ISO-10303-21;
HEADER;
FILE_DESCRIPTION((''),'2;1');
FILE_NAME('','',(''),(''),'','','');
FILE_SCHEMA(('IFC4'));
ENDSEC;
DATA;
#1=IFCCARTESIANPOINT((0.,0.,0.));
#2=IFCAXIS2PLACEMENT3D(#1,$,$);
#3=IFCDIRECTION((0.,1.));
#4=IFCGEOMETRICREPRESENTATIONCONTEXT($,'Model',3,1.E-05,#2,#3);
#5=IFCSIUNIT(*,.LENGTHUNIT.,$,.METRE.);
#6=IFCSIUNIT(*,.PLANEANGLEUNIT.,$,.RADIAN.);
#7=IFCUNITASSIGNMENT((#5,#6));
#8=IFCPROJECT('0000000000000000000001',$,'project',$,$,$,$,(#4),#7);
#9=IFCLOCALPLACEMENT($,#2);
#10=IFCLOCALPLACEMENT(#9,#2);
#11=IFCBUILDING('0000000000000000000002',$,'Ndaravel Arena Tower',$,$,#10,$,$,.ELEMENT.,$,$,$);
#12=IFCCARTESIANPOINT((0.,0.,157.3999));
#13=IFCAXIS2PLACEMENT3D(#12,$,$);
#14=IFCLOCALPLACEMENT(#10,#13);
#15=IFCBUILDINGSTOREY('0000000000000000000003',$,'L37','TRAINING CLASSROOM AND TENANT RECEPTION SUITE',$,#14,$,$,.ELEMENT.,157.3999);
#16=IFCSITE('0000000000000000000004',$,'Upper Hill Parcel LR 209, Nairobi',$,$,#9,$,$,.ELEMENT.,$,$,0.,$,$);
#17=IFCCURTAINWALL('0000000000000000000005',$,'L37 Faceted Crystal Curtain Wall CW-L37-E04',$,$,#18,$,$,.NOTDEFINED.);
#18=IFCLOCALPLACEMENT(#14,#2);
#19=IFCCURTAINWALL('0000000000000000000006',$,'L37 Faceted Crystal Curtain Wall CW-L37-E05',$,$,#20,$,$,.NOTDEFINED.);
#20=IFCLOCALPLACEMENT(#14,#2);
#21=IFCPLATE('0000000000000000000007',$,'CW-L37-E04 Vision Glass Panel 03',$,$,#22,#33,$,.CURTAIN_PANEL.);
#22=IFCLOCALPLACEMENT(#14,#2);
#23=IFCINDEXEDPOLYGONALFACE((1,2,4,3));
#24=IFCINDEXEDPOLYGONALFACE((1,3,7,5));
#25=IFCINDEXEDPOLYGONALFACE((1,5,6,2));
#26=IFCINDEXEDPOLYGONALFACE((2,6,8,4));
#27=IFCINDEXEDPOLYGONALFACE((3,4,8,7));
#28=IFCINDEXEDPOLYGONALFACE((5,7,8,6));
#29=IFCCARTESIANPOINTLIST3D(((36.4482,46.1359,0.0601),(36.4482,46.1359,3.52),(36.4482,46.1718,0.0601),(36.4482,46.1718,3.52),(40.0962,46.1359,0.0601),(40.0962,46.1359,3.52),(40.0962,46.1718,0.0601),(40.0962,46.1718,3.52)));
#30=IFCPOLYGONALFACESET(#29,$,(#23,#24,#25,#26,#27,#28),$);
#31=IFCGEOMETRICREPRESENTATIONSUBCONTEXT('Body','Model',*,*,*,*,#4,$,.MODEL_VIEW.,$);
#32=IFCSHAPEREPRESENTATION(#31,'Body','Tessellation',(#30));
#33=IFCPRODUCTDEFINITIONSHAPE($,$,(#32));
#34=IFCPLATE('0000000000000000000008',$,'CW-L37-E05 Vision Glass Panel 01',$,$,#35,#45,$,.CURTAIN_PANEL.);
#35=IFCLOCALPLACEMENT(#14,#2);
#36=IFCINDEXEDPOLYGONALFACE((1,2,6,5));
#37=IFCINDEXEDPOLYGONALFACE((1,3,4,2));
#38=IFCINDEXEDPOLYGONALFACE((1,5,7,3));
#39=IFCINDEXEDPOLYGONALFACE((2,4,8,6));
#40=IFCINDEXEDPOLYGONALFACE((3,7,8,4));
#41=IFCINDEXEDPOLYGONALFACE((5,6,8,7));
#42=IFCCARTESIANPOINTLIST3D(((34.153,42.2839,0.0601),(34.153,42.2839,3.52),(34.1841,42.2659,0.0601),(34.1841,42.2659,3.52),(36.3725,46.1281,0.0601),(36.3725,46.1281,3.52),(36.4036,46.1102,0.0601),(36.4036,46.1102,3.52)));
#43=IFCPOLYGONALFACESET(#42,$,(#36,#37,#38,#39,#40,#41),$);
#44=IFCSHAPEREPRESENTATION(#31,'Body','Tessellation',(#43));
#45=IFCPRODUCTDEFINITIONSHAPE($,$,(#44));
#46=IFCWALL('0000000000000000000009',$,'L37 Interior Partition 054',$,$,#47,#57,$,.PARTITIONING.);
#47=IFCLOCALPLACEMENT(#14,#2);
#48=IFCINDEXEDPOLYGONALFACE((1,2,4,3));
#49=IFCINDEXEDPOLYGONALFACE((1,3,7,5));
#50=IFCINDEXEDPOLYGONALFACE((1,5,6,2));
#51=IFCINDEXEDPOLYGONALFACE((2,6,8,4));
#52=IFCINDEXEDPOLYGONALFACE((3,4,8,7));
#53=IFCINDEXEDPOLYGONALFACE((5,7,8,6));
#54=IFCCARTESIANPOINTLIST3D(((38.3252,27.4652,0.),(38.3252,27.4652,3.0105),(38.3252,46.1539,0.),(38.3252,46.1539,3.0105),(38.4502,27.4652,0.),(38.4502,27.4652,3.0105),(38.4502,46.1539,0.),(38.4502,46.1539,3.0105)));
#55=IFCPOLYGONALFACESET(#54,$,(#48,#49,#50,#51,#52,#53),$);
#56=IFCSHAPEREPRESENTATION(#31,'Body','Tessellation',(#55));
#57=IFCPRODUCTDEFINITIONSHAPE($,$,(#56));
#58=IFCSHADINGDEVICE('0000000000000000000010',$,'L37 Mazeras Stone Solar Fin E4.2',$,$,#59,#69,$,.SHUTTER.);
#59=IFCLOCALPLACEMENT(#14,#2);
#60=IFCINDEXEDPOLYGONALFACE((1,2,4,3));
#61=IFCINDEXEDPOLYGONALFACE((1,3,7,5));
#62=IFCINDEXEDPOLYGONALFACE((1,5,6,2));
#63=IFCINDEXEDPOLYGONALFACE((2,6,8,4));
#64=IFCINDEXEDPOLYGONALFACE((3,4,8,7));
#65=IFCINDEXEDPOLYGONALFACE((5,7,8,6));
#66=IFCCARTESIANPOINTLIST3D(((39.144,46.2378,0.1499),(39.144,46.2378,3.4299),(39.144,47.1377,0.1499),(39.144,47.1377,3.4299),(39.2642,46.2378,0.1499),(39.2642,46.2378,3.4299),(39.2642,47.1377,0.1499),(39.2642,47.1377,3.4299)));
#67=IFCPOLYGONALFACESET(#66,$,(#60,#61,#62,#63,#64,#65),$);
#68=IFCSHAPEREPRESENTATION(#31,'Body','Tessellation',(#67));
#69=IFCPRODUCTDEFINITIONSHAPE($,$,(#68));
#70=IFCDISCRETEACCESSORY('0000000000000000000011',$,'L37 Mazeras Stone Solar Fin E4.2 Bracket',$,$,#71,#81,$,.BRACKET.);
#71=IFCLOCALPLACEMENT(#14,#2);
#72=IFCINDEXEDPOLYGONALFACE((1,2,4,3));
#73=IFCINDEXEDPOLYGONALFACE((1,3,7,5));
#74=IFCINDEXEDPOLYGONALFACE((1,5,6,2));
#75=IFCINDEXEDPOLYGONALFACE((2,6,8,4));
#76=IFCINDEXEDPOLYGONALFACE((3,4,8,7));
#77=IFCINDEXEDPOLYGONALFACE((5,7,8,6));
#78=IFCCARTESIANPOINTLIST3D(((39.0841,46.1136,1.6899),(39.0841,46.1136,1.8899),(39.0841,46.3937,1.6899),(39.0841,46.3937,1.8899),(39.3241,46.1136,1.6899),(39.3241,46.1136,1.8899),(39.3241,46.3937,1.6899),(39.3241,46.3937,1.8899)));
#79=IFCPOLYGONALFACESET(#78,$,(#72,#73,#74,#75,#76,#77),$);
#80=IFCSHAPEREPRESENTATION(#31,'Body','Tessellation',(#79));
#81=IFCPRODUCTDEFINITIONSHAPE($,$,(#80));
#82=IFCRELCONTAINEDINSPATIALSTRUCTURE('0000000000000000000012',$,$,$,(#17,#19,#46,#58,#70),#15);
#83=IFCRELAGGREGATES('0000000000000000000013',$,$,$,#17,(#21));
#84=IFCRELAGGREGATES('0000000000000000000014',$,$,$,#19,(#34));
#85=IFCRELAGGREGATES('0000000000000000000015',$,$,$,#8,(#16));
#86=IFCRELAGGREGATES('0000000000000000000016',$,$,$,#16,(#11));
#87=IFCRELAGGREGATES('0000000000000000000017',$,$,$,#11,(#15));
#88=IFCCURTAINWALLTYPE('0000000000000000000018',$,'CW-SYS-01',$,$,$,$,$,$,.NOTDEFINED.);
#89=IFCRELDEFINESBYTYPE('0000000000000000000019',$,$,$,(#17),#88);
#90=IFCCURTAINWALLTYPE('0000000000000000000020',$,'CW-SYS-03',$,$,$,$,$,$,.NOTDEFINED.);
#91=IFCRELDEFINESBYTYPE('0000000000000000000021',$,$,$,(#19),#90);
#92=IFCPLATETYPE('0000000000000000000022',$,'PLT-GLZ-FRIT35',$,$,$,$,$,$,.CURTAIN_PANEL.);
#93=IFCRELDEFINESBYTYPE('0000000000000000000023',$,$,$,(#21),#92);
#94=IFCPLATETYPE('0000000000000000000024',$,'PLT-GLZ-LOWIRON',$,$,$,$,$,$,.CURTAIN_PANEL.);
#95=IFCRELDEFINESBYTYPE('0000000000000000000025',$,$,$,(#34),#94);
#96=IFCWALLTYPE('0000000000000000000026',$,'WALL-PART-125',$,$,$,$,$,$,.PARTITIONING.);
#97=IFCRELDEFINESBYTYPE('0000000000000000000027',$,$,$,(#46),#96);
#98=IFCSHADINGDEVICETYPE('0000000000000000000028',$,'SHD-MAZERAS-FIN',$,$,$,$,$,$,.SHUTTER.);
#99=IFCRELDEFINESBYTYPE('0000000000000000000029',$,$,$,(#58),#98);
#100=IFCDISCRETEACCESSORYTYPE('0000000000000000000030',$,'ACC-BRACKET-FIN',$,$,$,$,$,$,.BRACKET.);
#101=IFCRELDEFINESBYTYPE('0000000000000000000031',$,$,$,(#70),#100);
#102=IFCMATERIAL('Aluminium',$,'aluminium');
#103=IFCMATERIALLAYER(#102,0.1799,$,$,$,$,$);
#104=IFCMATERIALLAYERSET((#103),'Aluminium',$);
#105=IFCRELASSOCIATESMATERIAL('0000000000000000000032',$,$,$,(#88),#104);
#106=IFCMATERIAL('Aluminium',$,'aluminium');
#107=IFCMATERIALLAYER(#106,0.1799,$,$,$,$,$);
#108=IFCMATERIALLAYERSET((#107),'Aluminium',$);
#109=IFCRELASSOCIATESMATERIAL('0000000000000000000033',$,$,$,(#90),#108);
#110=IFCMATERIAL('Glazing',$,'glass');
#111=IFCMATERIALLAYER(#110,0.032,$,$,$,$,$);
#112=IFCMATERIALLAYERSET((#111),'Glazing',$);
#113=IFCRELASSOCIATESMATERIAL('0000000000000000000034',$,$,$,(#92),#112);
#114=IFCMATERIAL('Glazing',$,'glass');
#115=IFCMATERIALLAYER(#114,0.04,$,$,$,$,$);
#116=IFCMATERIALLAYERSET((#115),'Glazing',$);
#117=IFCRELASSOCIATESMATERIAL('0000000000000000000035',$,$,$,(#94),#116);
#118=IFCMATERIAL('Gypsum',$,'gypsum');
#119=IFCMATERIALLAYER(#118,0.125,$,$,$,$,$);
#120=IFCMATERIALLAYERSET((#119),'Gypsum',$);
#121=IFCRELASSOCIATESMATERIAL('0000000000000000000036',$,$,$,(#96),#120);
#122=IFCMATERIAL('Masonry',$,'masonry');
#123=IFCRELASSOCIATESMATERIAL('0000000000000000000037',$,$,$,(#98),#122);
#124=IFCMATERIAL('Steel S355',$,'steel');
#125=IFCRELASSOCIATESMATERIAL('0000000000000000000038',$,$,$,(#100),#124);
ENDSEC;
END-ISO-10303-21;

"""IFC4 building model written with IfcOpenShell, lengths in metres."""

from ifc_helpers import new_model, si_unit, direction, frame, frame_2d, origin, origin_2d, place, context, subcontext, project, spatial, rectangle, extrude, material, layer, layer_set, type_object, element, aggregate, save


model = new_model("IFC4")

# Units and contexts
model_context = context("Model", 3, precision=1e-05, world=origin(), true_north=direction((0.0, 1.0)))
body_context = subcontext(model_context, "Body", "Model", "MODEL_VIEW")
ifc_project = project(units=[si_unit("LENGTHUNIT", "METRE"), si_unit("PLANEANGLEUNIT", "RADIAN")], contexts=[model_context])

# Site, building, storey
site_placement = place(None, origin())
site = spatial("IfcSite", under=ifc_project, at=site_placement, Name="Upper Hill Parcel LR 209, Nairobi", CompositionType="ELEMENT", RefElevation=0.0)
building_placement = place(site_placement, origin())
building = spatial("IfcBuilding", under=site, at=building_placement, Name="Ndaravel Arena Tower", CompositionType="ELEMENT")
storey_placement = place(building_placement, frame((0.0, 0.0, 157.3999)))
storey = spatial("IfcBuildingStorey", under=building, at=storey_placement, Name="L37", Description="TRAINING CLASSROOM AND TENANT RECEPTION SUITE", CompositionType="ELEMENT", Elevation=157.3999)

# Curtain wall
ifc_material_1 = material(Name="Aluminium", Category="aluminium")
ifc_layer_1 = layer(ifc_material_1, 0.1799)
ifc_layer_set_1 = layer_set([ifc_layer_1], Name="Aluminium")
curtain_wall_type_1 = type_object("IfcCurtainWallType", Name="CW-SYS-01", PredefinedType="NOTDEFINED", material=ifc_layer_set_1)
curtain_wall_1_placement = place(storey_placement, origin())
curtain_wall_1 = element("IfcCurtainWall", 1, at=curtain_wall_1_placement, inside=storey, type_object=curtain_wall_type_1, Name="L37 Faceted Crystal Curtain Wall CW-L37-E04", PredefinedType="NOTDEFINED")

# Curtain wall
ifc_material_2 = material(Name="Aluminium", Category="aluminium")
ifc_layer_2 = layer(ifc_material_2, 0.1799)
ifc_layer_set_2 = layer_set([ifc_layer_2], Name="Aluminium")
curtain_wall_type_2 = type_object("IfcCurtainWallType", Name="CW-SYS-03", PredefinedType="NOTDEFINED", material=ifc_layer_set_2)
curtain_wall_2_placement = place(storey_placement, origin())
curtain_wall_2 = element("IfcCurtainWall", 2, at=curtain_wall_2_placement, inside=storey, type_object=curtain_wall_type_2, Name="L37 Faceted Crystal Curtain Wall CW-L37-E05", PredefinedType="NOTDEFINED")

# Plates
ifc_material_3 = material(Name="Glazing", Category="glass")
ifc_layer_3 = layer(ifc_material_3, 0.032)
ifc_layer_set_3 = layer_set([ifc_layer_3], Name="Glazing")
plate_type_1 = type_object("IfcPlateType", Name="PLT-GLZ-FRIT35", PredefinedType="CURTAIN_PANEL", material=ifc_layer_set_3)
plate_1_placement = place(storey_placement, frame((38.2722, 46.1538, 0.0601), z_axis=(0.0, 0.0, 1.0), x_axis=(-1.0, 0.0, 0.0)))
plate_1 = element("IfcPlate", 3, at=plate_1_placement, type_object=plate_type_1, Name="CW-L37-E04 Vision Glass Panel 03", PredefinedType="CURTAIN_PANEL", context=body_context, shape_type="SweptSolid", body=[
    extrude(rectangle(XDim=3.6479, YDim=0.0359, at=origin_2d()), origin(), (0.0, 0.0, 1.0), 3.46),
])
aggregate(curtain_wall_1, [plate_1])
ifc_material_4 = material(Name="Glazing", Category="glass")
ifc_layer_4 = layer(ifc_material_4, 0.04)
ifc_layer_set_4 = layer_set([ifc_layer_4], Name="Glazing")
plate_type_2 = type_object("IfcPlateType", Name="PLT-GLZ-LOWIRON", PredefinedType="CURTAIN_PANEL", material=ifc_layer_set_4)
plate_2_placement = place(storey_placement, frame((35.2783, 44.197, 0.0601), z_axis=(0.0, 0.0, 1.0), x_axis=(-0.5, -0.866025, 0.0)))
plate_2 = element("IfcPlate", 4, at=plate_2_placement, type_object=plate_type_2, Name="CW-L37-E05 Vision Glass Panel 01", PredefinedType="CURTAIN_PANEL", context=body_context, shape_type="SweptSolid", body=[
    extrude(rectangle(XDim=4.439, YDim=0.0359, at=origin_2d()), origin(), (0.0, 0.0, 1.0), 3.46),
])
aggregate(curtain_wall_2, [plate_2])

# Wall
ifc_material_5 = material(Name="Gypsum", Category="gypsum")
ifc_layer_5 = layer(ifc_material_5, 0.125)
ifc_layer_set_5 = layer_set([ifc_layer_5], Name="Gypsum")
wall_type = type_object("IfcWallType", Name="WALL-PART-125", PredefinedType="PARTITIONING", material=ifc_layer_set_5)
wall_placement = place(storey_placement, frame((38.3877, 46.1538, 0.0), z_axis=(0.0, 0.0, 1.0), x_axis=(0.0, -1.0, 0.0)))
element("IfcWall", 5, at=wall_placement, inside=storey, type_object=wall_type, Name="L37 Interior Partition 054", PredefinedType="PARTITIONING", context=body_context, shape_type="SweptSolid", body=[
    extrude(rectangle(XDim=18.6887, YDim=0.125, at=frame_2d((9.3442, 0.0))), origin(), (0.0, 0.0, 1.0), 3.0105),
])

# Shading device
ifc_material_6 = material(Name="Masonry", Category="masonry")
shading_device_type = type_object("IfcShadingDeviceType", Name="SHD-MAZERAS-FIN", PredefinedType="SHUTTER", material=ifc_material_6)
shading_device_placement = place(storey_placement, frame((39.2041, 46.6877, 0.1499), z_axis=(0.0, 0.0, 1.0), x_axis=(0.0, 1.0, 0.0)))
element("IfcShadingDevice", 6, at=shading_device_placement, inside=storey, type_object=shading_device_type, Name="L37 Mazeras Stone Solar Fin E4.2", PredefinedType="SHUTTER", context=body_context, shape_type="SweptSolid", body=[
    extrude(rectangle(XDim=0.8999, YDim=0.1201, at=origin_2d()), origin(), (0.0, 0.0, 1.0), 3.28),
])

# Discrete accessory
ifc_material_7 = material(Name="Steel S355", Category="steel")
discrete_accessory_type = type_object("IfcDiscreteAccessoryType", Name="ACC-BRACKET-FIN", PredefinedType="BRACKET", material=ifc_material_7)
discrete_accessory_placement = place(storey_placement, frame((39.2041, 46.2537, 1.6899), z_axis=(0.0, 0.0, 1.0), x_axis=(0.0, 1.0, 0.0)))
element("IfcDiscreteAccessory", 7, at=discrete_accessory_placement, inside=storey, type_object=discrete_accessory_type, Name="L37 Mazeras Stone Solar Fin E4.2 Bracket", PredefinedType="BRACKET", context=body_context, shape_type="SweptSolid", body=[
    extrude(rectangle(XDim=0.28, YDim=0.24, at=origin_2d()), origin(), (0.0, 0.0, 1.0), 0.2),
])

save(model, "model.ifc")
